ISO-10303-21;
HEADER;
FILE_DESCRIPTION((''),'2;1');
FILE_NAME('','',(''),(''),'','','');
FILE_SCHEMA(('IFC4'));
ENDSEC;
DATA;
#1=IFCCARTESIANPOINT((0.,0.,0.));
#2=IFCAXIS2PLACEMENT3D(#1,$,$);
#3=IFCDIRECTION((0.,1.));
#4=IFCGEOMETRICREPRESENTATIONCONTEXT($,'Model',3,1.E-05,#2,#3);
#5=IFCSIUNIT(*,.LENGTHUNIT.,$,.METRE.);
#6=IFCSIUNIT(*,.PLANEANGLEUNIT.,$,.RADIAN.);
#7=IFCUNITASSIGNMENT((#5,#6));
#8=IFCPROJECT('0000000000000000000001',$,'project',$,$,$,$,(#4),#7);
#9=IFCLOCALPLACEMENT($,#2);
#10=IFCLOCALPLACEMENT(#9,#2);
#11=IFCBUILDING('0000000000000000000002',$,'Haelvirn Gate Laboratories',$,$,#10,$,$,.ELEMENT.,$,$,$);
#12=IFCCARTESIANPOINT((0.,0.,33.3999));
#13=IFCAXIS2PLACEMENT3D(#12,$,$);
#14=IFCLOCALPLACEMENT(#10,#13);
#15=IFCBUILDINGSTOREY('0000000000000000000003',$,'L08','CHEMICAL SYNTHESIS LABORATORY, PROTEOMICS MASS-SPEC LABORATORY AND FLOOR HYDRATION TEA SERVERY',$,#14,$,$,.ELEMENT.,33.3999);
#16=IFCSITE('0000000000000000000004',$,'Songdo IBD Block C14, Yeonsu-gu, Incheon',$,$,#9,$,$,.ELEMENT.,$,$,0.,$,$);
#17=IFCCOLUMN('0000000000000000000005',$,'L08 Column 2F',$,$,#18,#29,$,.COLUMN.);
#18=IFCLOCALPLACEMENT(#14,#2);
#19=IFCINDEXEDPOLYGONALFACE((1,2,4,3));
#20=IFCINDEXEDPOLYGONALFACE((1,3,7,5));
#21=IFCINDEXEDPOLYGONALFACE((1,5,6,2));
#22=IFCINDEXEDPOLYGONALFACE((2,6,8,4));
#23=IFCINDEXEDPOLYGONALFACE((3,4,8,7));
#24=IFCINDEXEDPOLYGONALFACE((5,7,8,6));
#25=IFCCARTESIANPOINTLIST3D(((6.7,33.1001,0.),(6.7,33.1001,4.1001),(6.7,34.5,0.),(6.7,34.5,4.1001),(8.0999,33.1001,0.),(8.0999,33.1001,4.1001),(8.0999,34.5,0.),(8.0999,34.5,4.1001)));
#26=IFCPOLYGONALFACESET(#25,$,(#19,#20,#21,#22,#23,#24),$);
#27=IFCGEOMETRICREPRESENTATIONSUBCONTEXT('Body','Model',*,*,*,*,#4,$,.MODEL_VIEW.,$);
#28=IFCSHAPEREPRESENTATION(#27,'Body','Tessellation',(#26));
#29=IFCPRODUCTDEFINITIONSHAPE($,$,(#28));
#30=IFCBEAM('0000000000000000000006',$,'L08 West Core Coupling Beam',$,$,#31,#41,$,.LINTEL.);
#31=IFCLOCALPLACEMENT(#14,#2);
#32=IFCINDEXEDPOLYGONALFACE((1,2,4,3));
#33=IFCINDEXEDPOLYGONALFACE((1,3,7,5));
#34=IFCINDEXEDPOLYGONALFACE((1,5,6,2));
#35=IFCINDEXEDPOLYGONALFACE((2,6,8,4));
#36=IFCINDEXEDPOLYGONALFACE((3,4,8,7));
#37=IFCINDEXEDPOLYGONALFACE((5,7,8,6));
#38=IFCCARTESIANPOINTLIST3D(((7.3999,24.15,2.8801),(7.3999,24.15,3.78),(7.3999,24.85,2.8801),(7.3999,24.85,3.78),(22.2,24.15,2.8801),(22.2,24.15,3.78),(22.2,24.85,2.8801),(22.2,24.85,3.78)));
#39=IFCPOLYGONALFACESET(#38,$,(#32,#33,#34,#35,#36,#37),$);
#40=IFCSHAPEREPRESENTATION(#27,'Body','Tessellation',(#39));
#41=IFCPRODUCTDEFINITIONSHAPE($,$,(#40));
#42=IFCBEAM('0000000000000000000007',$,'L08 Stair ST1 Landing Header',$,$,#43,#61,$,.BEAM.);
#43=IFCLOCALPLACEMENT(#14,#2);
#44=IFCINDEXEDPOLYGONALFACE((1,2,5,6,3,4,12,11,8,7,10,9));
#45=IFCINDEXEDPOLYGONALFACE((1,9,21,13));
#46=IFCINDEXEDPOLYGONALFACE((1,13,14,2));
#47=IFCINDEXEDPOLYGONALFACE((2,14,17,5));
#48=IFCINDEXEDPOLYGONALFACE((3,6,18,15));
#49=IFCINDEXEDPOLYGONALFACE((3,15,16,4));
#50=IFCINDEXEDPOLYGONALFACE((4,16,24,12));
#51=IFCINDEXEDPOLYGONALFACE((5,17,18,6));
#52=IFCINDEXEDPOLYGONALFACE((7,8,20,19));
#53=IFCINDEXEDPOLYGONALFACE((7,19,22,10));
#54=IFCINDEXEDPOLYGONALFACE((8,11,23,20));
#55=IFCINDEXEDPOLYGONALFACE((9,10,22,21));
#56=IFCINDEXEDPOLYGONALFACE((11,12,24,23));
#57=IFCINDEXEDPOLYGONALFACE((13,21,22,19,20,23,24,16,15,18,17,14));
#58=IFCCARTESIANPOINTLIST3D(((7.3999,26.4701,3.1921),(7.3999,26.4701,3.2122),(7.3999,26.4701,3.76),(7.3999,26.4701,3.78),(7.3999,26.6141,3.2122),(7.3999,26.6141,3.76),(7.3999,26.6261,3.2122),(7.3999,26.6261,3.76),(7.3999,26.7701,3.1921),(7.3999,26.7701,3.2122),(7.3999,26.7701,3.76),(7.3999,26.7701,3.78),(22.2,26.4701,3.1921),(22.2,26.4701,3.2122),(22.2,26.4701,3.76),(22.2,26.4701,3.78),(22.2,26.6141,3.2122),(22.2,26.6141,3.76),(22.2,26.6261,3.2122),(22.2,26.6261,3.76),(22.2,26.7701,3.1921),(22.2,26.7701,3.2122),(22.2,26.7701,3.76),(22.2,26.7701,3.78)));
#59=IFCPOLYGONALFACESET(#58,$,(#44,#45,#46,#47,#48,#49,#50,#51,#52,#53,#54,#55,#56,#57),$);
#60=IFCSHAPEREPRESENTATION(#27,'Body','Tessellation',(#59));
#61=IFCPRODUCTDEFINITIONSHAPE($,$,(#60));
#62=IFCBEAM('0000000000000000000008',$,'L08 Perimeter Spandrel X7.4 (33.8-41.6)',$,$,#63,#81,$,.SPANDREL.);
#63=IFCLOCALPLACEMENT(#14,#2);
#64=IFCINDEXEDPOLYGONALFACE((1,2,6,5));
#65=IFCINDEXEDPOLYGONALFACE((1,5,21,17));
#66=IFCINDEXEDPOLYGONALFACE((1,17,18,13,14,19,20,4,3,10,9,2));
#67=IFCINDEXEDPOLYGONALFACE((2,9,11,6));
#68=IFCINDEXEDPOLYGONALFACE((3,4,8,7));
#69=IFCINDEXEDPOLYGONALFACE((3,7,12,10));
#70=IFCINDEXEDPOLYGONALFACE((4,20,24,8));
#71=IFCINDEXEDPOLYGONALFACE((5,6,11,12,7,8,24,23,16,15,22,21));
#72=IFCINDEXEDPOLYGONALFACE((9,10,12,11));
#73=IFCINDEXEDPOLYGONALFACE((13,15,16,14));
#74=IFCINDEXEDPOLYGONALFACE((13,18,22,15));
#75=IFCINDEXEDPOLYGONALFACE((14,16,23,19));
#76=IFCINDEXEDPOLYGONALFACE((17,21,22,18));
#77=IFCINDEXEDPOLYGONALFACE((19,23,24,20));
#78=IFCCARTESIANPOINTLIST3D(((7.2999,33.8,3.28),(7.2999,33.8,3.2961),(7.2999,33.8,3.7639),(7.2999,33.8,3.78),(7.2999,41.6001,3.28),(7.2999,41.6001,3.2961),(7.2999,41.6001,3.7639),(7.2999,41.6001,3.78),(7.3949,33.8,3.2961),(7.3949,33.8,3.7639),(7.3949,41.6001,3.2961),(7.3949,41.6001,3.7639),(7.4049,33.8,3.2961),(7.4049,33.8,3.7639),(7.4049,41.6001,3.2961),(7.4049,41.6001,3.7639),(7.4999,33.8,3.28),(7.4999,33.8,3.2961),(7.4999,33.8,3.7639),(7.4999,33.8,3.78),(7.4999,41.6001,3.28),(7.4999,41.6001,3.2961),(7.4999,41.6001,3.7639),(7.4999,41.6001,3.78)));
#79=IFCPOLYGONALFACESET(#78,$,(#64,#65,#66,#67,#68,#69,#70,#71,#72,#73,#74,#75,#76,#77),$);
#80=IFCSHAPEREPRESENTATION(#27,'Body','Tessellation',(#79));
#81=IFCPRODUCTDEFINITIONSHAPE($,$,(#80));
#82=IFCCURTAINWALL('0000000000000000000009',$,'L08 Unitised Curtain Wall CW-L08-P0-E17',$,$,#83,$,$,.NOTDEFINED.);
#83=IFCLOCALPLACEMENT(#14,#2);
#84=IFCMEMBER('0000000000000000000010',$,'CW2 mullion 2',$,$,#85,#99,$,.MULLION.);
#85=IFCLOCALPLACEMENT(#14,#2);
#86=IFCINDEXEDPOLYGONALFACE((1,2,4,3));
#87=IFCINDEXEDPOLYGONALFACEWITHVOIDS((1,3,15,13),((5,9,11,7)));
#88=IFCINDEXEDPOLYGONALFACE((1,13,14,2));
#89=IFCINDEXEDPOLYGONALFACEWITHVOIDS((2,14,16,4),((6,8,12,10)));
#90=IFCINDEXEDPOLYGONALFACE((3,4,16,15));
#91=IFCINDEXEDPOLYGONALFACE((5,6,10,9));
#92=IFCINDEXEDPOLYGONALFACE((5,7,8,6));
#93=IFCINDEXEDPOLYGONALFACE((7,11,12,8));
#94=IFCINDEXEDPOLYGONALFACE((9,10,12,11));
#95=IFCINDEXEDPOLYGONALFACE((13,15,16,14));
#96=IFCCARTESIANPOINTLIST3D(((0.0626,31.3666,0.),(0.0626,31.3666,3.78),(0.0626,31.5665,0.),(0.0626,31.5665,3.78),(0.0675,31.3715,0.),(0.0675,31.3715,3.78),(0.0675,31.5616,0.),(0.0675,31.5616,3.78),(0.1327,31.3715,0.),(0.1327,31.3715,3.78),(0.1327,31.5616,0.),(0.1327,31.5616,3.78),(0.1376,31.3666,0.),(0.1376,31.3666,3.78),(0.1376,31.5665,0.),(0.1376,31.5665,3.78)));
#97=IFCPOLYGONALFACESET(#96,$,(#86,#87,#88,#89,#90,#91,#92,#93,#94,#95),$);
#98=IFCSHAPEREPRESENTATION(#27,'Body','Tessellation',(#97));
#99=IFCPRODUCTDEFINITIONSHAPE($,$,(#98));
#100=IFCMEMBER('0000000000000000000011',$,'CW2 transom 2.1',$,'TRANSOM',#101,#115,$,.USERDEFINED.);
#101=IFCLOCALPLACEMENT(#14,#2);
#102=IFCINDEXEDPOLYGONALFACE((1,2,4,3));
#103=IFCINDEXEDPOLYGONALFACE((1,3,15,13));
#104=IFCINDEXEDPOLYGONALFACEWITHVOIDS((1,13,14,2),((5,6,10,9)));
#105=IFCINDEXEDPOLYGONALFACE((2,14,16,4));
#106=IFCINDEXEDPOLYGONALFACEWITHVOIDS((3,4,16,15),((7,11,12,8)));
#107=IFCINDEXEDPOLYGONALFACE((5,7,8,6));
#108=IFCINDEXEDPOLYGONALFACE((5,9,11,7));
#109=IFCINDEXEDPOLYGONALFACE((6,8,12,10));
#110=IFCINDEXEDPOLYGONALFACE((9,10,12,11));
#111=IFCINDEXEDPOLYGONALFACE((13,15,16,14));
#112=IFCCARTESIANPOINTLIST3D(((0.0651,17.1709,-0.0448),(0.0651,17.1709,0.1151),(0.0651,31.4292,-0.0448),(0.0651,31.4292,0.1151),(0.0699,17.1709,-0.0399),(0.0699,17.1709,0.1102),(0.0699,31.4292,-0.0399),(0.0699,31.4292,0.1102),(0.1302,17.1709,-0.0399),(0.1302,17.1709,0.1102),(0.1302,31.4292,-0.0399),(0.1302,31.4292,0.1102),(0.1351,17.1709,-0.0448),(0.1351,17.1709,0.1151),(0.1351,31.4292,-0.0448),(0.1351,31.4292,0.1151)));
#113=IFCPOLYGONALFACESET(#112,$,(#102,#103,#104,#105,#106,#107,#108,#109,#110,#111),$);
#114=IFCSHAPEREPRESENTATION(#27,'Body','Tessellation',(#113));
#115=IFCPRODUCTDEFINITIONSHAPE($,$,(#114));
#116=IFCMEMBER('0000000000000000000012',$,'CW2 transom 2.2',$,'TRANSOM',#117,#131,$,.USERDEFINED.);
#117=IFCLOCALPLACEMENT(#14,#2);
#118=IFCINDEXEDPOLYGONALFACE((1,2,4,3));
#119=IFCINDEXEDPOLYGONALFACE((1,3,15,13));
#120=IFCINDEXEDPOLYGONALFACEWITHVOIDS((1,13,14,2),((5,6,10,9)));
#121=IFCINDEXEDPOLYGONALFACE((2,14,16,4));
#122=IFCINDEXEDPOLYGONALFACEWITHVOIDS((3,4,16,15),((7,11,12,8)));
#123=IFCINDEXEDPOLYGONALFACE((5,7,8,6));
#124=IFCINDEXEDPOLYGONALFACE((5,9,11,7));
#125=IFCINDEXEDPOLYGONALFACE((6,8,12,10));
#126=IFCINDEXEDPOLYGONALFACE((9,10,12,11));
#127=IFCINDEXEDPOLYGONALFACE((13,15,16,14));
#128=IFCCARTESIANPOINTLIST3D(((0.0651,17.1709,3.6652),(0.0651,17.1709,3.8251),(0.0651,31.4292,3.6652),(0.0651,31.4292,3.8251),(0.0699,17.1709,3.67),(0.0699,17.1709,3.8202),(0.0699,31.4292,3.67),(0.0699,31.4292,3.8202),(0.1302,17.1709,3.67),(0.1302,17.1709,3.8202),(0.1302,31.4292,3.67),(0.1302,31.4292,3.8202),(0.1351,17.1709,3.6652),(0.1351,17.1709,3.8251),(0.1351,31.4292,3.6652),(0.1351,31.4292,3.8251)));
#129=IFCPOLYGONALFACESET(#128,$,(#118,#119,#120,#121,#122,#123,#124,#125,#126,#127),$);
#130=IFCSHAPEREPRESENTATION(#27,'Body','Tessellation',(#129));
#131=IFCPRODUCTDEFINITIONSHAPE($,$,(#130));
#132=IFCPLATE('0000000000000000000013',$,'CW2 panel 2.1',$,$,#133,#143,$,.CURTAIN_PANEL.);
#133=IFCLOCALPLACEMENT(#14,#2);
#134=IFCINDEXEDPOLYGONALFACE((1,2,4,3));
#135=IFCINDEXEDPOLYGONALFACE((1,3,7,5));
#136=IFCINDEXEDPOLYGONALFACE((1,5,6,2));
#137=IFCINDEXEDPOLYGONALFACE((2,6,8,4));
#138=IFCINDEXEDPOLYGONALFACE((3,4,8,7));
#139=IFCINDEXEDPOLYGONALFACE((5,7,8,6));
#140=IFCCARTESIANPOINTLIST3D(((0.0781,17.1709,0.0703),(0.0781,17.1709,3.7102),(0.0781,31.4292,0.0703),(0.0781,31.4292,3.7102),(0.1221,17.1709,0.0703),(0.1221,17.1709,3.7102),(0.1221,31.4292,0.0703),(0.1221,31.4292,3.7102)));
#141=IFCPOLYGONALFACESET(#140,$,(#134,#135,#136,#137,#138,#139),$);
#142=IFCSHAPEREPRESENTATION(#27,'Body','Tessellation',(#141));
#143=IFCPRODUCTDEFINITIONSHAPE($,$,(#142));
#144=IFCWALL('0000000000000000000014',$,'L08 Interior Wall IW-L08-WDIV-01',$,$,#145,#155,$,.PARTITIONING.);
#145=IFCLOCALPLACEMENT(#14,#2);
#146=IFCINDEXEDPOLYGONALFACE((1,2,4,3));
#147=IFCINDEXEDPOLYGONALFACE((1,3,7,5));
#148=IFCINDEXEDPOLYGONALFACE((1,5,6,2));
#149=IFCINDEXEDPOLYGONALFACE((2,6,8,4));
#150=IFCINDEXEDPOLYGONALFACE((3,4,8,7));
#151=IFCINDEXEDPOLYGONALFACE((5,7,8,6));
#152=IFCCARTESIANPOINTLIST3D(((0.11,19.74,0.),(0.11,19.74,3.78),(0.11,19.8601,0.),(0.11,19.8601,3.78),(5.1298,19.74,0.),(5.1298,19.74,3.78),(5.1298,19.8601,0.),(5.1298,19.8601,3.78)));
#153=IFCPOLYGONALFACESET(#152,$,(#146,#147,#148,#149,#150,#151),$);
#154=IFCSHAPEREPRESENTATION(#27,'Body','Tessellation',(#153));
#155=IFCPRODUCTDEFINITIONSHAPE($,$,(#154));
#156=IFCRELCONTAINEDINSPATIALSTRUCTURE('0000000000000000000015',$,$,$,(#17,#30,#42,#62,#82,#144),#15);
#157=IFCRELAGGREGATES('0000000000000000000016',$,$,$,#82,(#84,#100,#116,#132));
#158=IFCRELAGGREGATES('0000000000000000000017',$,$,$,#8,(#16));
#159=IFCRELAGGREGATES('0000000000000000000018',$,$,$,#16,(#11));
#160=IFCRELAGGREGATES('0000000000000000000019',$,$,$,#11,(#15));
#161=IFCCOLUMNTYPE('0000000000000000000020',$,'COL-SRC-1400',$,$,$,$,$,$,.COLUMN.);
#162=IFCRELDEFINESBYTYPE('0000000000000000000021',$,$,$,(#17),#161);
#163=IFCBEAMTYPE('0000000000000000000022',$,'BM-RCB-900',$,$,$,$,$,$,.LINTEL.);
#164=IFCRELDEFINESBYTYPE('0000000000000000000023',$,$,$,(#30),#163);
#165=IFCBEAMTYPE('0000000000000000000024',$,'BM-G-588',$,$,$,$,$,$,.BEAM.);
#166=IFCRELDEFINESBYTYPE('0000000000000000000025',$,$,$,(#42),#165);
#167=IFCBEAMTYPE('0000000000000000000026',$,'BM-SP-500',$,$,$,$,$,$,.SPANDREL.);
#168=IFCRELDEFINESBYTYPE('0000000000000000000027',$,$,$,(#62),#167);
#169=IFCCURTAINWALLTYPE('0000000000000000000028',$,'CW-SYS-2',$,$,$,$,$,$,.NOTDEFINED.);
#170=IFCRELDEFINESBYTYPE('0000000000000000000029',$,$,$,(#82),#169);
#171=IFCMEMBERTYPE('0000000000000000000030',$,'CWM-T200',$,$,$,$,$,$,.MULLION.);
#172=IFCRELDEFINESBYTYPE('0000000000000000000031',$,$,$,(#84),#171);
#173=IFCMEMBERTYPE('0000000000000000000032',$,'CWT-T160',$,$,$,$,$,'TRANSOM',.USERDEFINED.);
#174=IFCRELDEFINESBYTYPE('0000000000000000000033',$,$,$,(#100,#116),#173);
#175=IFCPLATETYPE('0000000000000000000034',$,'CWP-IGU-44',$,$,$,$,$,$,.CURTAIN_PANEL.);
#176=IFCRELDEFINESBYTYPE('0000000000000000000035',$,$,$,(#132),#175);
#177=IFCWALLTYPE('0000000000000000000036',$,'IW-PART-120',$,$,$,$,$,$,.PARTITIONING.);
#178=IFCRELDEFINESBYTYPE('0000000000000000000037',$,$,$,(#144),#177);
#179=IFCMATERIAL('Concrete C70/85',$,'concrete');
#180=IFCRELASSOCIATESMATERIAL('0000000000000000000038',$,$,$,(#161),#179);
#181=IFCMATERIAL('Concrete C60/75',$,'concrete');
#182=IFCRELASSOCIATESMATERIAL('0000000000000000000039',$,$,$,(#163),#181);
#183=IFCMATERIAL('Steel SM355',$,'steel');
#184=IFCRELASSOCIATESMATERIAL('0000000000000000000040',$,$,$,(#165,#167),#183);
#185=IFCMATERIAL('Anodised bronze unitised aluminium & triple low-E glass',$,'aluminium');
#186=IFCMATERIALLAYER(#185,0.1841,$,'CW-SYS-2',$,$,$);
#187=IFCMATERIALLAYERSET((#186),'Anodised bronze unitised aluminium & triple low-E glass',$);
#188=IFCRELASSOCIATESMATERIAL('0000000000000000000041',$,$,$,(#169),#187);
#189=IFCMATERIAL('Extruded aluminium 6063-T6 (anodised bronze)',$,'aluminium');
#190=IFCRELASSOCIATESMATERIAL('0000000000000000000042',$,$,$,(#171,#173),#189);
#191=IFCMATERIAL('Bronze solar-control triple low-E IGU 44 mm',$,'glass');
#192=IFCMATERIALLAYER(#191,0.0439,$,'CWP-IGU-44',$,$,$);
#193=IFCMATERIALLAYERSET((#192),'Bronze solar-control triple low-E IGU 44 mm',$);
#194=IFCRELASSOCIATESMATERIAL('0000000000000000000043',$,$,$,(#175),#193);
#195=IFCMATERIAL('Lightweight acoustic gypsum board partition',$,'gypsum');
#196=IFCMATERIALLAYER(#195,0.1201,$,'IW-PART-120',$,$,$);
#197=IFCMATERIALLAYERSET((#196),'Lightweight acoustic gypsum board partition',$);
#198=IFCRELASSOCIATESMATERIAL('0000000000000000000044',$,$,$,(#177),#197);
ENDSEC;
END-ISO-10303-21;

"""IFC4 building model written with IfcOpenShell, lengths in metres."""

from ifc_helpers import new_model, si_unit, direction, frame, frame_2d, origin, origin_2d, place, context, subcontext, project, spatial, rectangle, hollow_rectangle, i_section, extrude, source, transform, mapped, material, layer, layer_set, material_profile, profile_set, type_object, type_shapes, element, aggregate, save


model = new_model("IFC4")

# Units and contexts
model_context = context("Model", 3, precision=1e-05, world=origin(), true_north=direction((0.0, 1.0)))
body_context = subcontext(model_context, "Body", "Model", "MODEL_VIEW")
ifc_project = project(units=[si_unit("LENGTHUNIT", "METRE"), si_unit("PLANEANGLEUNIT", "RADIAN")], contexts=[model_context])

# Site, building, storey
site_placement = place(None, origin())
site = spatial("IfcSite", under=ifc_project, at=site_placement, Name="Songdo IBD Block C14, Yeonsu-gu, Incheon", CompositionType="ELEMENT", RefElevation=0.0)
building_placement = place(site_placement, origin())
building = spatial("IfcBuilding", under=site, at=building_placement, Name="Haelvirn Gate Laboratories", CompositionType="ELEMENT")
storey_placement = place(building_placement, frame((0.0, 0.0, 33.3999)))
storey = spatial("IfcBuildingStorey", under=building, at=storey_placement, Name="L08", Description="CHEMICAL SYNTHESIS LABORATORY, PROTEOMICS MASS-SPEC LABORATORY AND FLOOR HYDRATION TEA SERVERY", CompositionType="ELEMENT", Elevation=33.3999)

# Column
ifc_material_1 = material(Name="Concrete C70/85", Category="concrete")
ifc_material_profile_1 = material_profile(ifc_material_1, rectangle(XDim=1.3999, YDim=1.3999, at=origin_2d()), Name="SRC-1400x1400")
ifc_profile_set_1 = profile_set([ifc_material_profile_1], Name="Concrete C70/85")
column_type = type_object("IfcColumnType", Name="COL-SRC-1400", PredefinedType="COLUMN", material=ifc_profile_set_1)
shared_shape_1 = source(origin(), body_context, "Body", "SweptSolid", [
    extrude(rectangle(XDim=1.3999, YDim=1.3999, at=origin_2d()), origin(), (0.0, 0.0, 1.0), 4.1001),
])
type_shapes(column_type, [shared_shape_1])
column_placement = place(storey_placement, frame((7.3999, 33.8, 0.0), z_axis=(0.0, 0.0, 1.0), x_axis=(1.0, 0.0, 0.0)))
element("IfcColumn", 1, at=column_placement, inside=storey, type_object=column_type, Name="L08 Column 2F", PredefinedType="COLUMN", context=body_context, shape_type="MappedRepresentation", body=[
    mapped(shared_shape_1, transform((0.0, 0.0, 0.0), scale=1.0)),
])

# Beams
ifc_material_2 = material(Name="Concrete C60/75", Category="concrete")
ifc_material_profile_2 = material_profile(ifc_material_2, rectangle(XDim=0.7, YDim=0.8999, at=origin_2d()), Name="RCB-700x900")
ifc_profile_set_2 = profile_set([ifc_material_profile_2], Name="Concrete C60/75")
beam_type_1 = type_object("IfcBeamType", Name="BM-RCB-900", PredefinedType="LINTEL", material=ifc_profile_set_2)
shared_shape_2 = source(origin(), body_context, "Body", "SweptSolid", [
    extrude(rectangle(XDim=0.7, YDim=0.8999, at=origin_2d()), origin(), (0.0, 0.0, 1.0), 14.8),
])
type_shapes(beam_type_1, [shared_shape_2])
beam_1_placement = place(storey_placement, frame((7.3999, 24.5, 3.3301), z_axis=(1.0, 0.0, 0.0), x_axis=(0.0, 1.0, 0.0)))
element("IfcBeam", 2, at=beam_1_placement, inside=storey, type_object=beam_type_1, Name="L08 West Core Coupling Beam", PredefinedType="LINTEL", context=body_context, shape_type="MappedRepresentation", body=[
    mapped(shared_shape_2, transform((0.0, 0.0, 0.0), scale=1.0)),
])
ifc_material_3 = material(Name="Steel SM355", Category="steel")
ifc_material_profile_3 = material_profile(ifc_material_3, i_section(OverallWidth=0.3, OverallDepth=0.5879, WebThickness=0.012, FlangeThickness=0.02, at=origin_2d()), Name="H-588x300x12x20")
ifc_profile_set_3 = profile_set([ifc_material_profile_3], Name="Steel SM355")
beam_type_2 = type_object("IfcBeamType", Name="BM-G-588", PredefinedType="BEAM", material=ifc_profile_set_3)
shared_shape_3 = source(origin(), body_context, "Body", "SweptSolid", [
    extrude(i_section(OverallWidth=0.3, OverallDepth=0.5879, WebThickness=0.012, FlangeThickness=0.02, at=origin_2d()), origin(), (0.0, 0.0, 1.0), 14.8),
])
type_shapes(beam_type_2, [shared_shape_3])
beam_2_placement = place(storey_placement, frame((7.3999, 26.6201, 3.4861), z_axis=(1.0, 0.0, 0.0), x_axis=(0.0, 1.0, 0.0)))
element("IfcBeam", 3, at=beam_2_placement, inside=storey, type_object=beam_type_2, Name="L08 Stair ST1 Landing Header", PredefinedType="BEAM", context=body_context, shape_type="MappedRepresentation", body=[
    mapped(shared_shape_3, transform((0.0, 0.0, 0.0), scale=1.0)),
])
ifc_material_profile_4 = material_profile(ifc_material_3, i_section(OverallWidth=0.2, OverallDepth=0.5, WebThickness=0.01, FlangeThickness=0.0161, at=origin_2d()), Name="H-500x200x10x16")
ifc_profile_set_4 = profile_set([ifc_material_profile_4], Name="Steel SM355")
beam_type_3 = type_object("IfcBeamType", Name="BM-SP-500", PredefinedType="SPANDREL", material=ifc_profile_set_4)
shared_shape_4 = source(origin(), body_context, "Body", "SweptSolid", [
    extrude(i_section(OverallWidth=0.2, OverallDepth=0.5, WebThickness=0.01, FlangeThickness=0.0161, at=origin_2d()), origin(), (0.0, 0.0, 1.0), 7.8),
])
type_shapes(beam_type_3, [shared_shape_4])
beam_3_placement = place(storey_placement, frame((7.3999, 33.8, 3.53), z_axis=(0.0, 1.0, 0.0), x_axis=(-1.0, 0.0, 0.0)))
element("IfcBeam", 4, at=beam_3_placement, inside=storey, type_object=beam_type_3, Name="L08 Perimeter Spandrel X7.4 (33.8-41.6)", PredefinedType="SPANDREL", context=body_context, shape_type="MappedRepresentation", body=[
    mapped(shared_shape_4, transform((0.0, 0.0, 0.0), scale=1.0)),
])

# Curtain wall, members, plate
ifc_material_4 = material(Name="Anodised bronze unitised aluminium & triple low-E glass", Category="aluminium")
ifc_layer_1 = layer(ifc_material_4, 0.1841, Name="CW-SYS-2")
ifc_layer_set_1 = layer_set([ifc_layer_1], Name="Anodised bronze unitised aluminium & triple low-E glass")
curtain_wall_type = type_object("IfcCurtainWallType", Name="CW-SYS-2", PredefinedType="NOTDEFINED", material=ifc_layer_set_1)
curtain_wall_placement = place(storey_placement, origin())
curtain_wall = element("IfcCurtainWall", 5, at=curtain_wall_placement, inside=storey, type_object=curtain_wall_type, Name="L08 Unitised Curtain Wall CW-L08-P0-E17", PredefinedType="NOTDEFINED")
ifc_material_5 = material(Name="Extruded aluminium 6063-T6 (anodised bronze)", Category="aluminium")
ifc_material_profile_5 = material_profile(ifc_material_5, hollow_rectangle(XDim=0.075, YDim=0.2, WallThickness=0.0049, at=origin_2d()), Name="CWM-200x75x5")
ifc_profile_set_5 = profile_set([ifc_material_profile_5], Name="Extruded aluminium 6063-T6 (anodised bronze)")
member_type_1 = type_object("IfcMemberType", Name="CWM-T200", PredefinedType="MULLION", material=ifc_profile_set_5)
shared_shape_5 = source(origin(), body_context, "Body", "SweptSolid", [
    extrude(hollow_rectangle(XDim=0.075, YDim=0.2, WallThickness=0.0049, at=origin_2d()), origin(), (0.0, 0.0, 1.0), 3.78),
])
type_shapes(member_type_1, [shared_shape_5])
member_1_placement = place(storey_placement, frame((0.1001, 31.4666, 0.0), z_axis=(0.0, 0.0, 1.0), x_axis=(1.0, 0.0, 0.0)))
member_1 = element("IfcMember", 6, at=member_1_placement, type_object=member_type_1, Name="CW2 mullion 2", PredefinedType="MULLION", context=body_context, shape_type="MappedRepresentation", body=[
    mapped(shared_shape_5, transform((0.0, 0.0, 0.0), scale=1.0)),
])
ifc_material_profile_6 = material_profile(ifc_material_5, hollow_rectangle(XDim=0.0701, YDim=0.1599, WallThickness=0.0049, at=origin_2d()), Name="CWT-160x70x5")
ifc_profile_set_6 = profile_set([ifc_material_profile_6], Name="Extruded aluminium 6063-T6 (anodised bronze)")
member_type_2 = type_object("IfcMemberType", Name="CWT-T160", ElementType="TRANSOM", PredefinedType="USERDEFINED", material=ifc_profile_set_6)
shared_shape_6 = source(origin(), body_context, "Body", "SweptSolid", [
    extrude(hollow_rectangle(XDim=0.0701, YDim=0.1599, WallThickness=0.0049, at=origin_2d()), origin(), (0.0, 0.0, 1.0), 14.2583),
])
type_shapes(member_type_2, [shared_shape_6])
member_2_placement = place(storey_placement, frame((0.1001, 31.4292, 0.0352), z_axis=(0.0, -1.0, 0.0), x_axis=(1.0, 0.0, 0.0)))
member_2 = element("IfcMember", 7, at=member_2_placement, type_object=member_type_2, Name="CW2 transom 2.1", ObjectType="TRANSOM", PredefinedType="USERDEFINED", context=body_context, shape_type="MappedRepresentation", body=[
    mapped(shared_shape_6, transform((0.0, 0.0, 0.0), scale=1.0)),
])
member_3_placement = place(storey_placement, frame((0.1001, 31.4292, 3.7451), z_axis=(0.0, -1.0, 0.0), x_axis=(1.0, 0.0, 0.0)))
member_3 = element("IfcMember", 8, at=member_3_placement, type_object=member_type_2, Name="CW2 transom 2.2", ObjectType="TRANSOM", PredefinedType="USERDEFINED", context=body_context, shape_type="MappedRepresentation", body=[
    mapped(shared_shape_6, transform((0.0, 0.0, 0.0), scale=1.0)),
])
ifc_material_6 = material(Name="Bronze solar-control triple low-E IGU 44 mm", Category="glass")
ifc_layer_2 = layer(ifc_material_6, 0.0439, Name="CWP-IGU-44")
ifc_layer_set_2 = layer_set([ifc_layer_2], Name="Bronze solar-control triple low-E IGU 44 mm")
plate_type = type_object("IfcPlateType", Name="CWP-IGU-44", PredefinedType="CURTAIN_PANEL", material=ifc_layer_set_2)
shared_shape_7 = source(origin(), body_context, "Body", "SweptSolid", [
    extrude(rectangle(XDim=14.2583, YDim=0.0439, at=origin_2d()), origin(), (0.0, 0.0, 1.0), 3.6399),
])
type_shapes(plate_type, [shared_shape_7])
plate_placement = place(storey_placement, frame((0.1001, 24.3, 0.0703), z_axis=(0.0, 0.0, 1.0), x_axis=(0.0, -1.0, 0.0)))
plate = element("IfcPlate", 9, at=plate_placement, type_object=plate_type, Name="CW2 panel 2.1", PredefinedType="CURTAIN_PANEL", context=body_context, shape_type="MappedRepresentation", body=[
    mapped(shared_shape_7, transform((0.0, 0.0, 0.0), scale=1.0)),
])
aggregate(curtain_wall, [member_1, member_2, member_3, plate])

# Wall
ifc_material_7 = material(Name="Lightweight acoustic gypsum board partition", Category="gypsum")
ifc_layer_3 = layer(ifc_material_7, 0.1201, Name="IW-PART-120")
ifc_layer_set_3 = layer_set([ifc_layer_3], Name="Lightweight acoustic gypsum board partition")
wall_type_1 = type_object("IfcWallType", Name="IW-PART-120", PredefinedType="PARTITIONING", material=ifc_layer_set_3)
wall_1_placement = place(storey_placement, frame((0.1101, 19.8, 0.0), z_axis=(0.0, 0.0, 1.0), x_axis=(1.0, 0.0, 0.0)))
element("IfcWall", 10, at=wall_1_placement, inside=storey, type_object=wall_type_1, Name="L08 Interior Wall IW-L08-WDIV-01", PredefinedType="PARTITIONING", context=body_context, shape_type="SweptSolid", body=[
    extrude(rectangle(XDim=5.0198, YDim=0.1201, at=frame_2d((2.5098, 0.0))), origin(), (0.0, 0.0, 1.0), 3.78),
])

save(model, "model.ifc")
